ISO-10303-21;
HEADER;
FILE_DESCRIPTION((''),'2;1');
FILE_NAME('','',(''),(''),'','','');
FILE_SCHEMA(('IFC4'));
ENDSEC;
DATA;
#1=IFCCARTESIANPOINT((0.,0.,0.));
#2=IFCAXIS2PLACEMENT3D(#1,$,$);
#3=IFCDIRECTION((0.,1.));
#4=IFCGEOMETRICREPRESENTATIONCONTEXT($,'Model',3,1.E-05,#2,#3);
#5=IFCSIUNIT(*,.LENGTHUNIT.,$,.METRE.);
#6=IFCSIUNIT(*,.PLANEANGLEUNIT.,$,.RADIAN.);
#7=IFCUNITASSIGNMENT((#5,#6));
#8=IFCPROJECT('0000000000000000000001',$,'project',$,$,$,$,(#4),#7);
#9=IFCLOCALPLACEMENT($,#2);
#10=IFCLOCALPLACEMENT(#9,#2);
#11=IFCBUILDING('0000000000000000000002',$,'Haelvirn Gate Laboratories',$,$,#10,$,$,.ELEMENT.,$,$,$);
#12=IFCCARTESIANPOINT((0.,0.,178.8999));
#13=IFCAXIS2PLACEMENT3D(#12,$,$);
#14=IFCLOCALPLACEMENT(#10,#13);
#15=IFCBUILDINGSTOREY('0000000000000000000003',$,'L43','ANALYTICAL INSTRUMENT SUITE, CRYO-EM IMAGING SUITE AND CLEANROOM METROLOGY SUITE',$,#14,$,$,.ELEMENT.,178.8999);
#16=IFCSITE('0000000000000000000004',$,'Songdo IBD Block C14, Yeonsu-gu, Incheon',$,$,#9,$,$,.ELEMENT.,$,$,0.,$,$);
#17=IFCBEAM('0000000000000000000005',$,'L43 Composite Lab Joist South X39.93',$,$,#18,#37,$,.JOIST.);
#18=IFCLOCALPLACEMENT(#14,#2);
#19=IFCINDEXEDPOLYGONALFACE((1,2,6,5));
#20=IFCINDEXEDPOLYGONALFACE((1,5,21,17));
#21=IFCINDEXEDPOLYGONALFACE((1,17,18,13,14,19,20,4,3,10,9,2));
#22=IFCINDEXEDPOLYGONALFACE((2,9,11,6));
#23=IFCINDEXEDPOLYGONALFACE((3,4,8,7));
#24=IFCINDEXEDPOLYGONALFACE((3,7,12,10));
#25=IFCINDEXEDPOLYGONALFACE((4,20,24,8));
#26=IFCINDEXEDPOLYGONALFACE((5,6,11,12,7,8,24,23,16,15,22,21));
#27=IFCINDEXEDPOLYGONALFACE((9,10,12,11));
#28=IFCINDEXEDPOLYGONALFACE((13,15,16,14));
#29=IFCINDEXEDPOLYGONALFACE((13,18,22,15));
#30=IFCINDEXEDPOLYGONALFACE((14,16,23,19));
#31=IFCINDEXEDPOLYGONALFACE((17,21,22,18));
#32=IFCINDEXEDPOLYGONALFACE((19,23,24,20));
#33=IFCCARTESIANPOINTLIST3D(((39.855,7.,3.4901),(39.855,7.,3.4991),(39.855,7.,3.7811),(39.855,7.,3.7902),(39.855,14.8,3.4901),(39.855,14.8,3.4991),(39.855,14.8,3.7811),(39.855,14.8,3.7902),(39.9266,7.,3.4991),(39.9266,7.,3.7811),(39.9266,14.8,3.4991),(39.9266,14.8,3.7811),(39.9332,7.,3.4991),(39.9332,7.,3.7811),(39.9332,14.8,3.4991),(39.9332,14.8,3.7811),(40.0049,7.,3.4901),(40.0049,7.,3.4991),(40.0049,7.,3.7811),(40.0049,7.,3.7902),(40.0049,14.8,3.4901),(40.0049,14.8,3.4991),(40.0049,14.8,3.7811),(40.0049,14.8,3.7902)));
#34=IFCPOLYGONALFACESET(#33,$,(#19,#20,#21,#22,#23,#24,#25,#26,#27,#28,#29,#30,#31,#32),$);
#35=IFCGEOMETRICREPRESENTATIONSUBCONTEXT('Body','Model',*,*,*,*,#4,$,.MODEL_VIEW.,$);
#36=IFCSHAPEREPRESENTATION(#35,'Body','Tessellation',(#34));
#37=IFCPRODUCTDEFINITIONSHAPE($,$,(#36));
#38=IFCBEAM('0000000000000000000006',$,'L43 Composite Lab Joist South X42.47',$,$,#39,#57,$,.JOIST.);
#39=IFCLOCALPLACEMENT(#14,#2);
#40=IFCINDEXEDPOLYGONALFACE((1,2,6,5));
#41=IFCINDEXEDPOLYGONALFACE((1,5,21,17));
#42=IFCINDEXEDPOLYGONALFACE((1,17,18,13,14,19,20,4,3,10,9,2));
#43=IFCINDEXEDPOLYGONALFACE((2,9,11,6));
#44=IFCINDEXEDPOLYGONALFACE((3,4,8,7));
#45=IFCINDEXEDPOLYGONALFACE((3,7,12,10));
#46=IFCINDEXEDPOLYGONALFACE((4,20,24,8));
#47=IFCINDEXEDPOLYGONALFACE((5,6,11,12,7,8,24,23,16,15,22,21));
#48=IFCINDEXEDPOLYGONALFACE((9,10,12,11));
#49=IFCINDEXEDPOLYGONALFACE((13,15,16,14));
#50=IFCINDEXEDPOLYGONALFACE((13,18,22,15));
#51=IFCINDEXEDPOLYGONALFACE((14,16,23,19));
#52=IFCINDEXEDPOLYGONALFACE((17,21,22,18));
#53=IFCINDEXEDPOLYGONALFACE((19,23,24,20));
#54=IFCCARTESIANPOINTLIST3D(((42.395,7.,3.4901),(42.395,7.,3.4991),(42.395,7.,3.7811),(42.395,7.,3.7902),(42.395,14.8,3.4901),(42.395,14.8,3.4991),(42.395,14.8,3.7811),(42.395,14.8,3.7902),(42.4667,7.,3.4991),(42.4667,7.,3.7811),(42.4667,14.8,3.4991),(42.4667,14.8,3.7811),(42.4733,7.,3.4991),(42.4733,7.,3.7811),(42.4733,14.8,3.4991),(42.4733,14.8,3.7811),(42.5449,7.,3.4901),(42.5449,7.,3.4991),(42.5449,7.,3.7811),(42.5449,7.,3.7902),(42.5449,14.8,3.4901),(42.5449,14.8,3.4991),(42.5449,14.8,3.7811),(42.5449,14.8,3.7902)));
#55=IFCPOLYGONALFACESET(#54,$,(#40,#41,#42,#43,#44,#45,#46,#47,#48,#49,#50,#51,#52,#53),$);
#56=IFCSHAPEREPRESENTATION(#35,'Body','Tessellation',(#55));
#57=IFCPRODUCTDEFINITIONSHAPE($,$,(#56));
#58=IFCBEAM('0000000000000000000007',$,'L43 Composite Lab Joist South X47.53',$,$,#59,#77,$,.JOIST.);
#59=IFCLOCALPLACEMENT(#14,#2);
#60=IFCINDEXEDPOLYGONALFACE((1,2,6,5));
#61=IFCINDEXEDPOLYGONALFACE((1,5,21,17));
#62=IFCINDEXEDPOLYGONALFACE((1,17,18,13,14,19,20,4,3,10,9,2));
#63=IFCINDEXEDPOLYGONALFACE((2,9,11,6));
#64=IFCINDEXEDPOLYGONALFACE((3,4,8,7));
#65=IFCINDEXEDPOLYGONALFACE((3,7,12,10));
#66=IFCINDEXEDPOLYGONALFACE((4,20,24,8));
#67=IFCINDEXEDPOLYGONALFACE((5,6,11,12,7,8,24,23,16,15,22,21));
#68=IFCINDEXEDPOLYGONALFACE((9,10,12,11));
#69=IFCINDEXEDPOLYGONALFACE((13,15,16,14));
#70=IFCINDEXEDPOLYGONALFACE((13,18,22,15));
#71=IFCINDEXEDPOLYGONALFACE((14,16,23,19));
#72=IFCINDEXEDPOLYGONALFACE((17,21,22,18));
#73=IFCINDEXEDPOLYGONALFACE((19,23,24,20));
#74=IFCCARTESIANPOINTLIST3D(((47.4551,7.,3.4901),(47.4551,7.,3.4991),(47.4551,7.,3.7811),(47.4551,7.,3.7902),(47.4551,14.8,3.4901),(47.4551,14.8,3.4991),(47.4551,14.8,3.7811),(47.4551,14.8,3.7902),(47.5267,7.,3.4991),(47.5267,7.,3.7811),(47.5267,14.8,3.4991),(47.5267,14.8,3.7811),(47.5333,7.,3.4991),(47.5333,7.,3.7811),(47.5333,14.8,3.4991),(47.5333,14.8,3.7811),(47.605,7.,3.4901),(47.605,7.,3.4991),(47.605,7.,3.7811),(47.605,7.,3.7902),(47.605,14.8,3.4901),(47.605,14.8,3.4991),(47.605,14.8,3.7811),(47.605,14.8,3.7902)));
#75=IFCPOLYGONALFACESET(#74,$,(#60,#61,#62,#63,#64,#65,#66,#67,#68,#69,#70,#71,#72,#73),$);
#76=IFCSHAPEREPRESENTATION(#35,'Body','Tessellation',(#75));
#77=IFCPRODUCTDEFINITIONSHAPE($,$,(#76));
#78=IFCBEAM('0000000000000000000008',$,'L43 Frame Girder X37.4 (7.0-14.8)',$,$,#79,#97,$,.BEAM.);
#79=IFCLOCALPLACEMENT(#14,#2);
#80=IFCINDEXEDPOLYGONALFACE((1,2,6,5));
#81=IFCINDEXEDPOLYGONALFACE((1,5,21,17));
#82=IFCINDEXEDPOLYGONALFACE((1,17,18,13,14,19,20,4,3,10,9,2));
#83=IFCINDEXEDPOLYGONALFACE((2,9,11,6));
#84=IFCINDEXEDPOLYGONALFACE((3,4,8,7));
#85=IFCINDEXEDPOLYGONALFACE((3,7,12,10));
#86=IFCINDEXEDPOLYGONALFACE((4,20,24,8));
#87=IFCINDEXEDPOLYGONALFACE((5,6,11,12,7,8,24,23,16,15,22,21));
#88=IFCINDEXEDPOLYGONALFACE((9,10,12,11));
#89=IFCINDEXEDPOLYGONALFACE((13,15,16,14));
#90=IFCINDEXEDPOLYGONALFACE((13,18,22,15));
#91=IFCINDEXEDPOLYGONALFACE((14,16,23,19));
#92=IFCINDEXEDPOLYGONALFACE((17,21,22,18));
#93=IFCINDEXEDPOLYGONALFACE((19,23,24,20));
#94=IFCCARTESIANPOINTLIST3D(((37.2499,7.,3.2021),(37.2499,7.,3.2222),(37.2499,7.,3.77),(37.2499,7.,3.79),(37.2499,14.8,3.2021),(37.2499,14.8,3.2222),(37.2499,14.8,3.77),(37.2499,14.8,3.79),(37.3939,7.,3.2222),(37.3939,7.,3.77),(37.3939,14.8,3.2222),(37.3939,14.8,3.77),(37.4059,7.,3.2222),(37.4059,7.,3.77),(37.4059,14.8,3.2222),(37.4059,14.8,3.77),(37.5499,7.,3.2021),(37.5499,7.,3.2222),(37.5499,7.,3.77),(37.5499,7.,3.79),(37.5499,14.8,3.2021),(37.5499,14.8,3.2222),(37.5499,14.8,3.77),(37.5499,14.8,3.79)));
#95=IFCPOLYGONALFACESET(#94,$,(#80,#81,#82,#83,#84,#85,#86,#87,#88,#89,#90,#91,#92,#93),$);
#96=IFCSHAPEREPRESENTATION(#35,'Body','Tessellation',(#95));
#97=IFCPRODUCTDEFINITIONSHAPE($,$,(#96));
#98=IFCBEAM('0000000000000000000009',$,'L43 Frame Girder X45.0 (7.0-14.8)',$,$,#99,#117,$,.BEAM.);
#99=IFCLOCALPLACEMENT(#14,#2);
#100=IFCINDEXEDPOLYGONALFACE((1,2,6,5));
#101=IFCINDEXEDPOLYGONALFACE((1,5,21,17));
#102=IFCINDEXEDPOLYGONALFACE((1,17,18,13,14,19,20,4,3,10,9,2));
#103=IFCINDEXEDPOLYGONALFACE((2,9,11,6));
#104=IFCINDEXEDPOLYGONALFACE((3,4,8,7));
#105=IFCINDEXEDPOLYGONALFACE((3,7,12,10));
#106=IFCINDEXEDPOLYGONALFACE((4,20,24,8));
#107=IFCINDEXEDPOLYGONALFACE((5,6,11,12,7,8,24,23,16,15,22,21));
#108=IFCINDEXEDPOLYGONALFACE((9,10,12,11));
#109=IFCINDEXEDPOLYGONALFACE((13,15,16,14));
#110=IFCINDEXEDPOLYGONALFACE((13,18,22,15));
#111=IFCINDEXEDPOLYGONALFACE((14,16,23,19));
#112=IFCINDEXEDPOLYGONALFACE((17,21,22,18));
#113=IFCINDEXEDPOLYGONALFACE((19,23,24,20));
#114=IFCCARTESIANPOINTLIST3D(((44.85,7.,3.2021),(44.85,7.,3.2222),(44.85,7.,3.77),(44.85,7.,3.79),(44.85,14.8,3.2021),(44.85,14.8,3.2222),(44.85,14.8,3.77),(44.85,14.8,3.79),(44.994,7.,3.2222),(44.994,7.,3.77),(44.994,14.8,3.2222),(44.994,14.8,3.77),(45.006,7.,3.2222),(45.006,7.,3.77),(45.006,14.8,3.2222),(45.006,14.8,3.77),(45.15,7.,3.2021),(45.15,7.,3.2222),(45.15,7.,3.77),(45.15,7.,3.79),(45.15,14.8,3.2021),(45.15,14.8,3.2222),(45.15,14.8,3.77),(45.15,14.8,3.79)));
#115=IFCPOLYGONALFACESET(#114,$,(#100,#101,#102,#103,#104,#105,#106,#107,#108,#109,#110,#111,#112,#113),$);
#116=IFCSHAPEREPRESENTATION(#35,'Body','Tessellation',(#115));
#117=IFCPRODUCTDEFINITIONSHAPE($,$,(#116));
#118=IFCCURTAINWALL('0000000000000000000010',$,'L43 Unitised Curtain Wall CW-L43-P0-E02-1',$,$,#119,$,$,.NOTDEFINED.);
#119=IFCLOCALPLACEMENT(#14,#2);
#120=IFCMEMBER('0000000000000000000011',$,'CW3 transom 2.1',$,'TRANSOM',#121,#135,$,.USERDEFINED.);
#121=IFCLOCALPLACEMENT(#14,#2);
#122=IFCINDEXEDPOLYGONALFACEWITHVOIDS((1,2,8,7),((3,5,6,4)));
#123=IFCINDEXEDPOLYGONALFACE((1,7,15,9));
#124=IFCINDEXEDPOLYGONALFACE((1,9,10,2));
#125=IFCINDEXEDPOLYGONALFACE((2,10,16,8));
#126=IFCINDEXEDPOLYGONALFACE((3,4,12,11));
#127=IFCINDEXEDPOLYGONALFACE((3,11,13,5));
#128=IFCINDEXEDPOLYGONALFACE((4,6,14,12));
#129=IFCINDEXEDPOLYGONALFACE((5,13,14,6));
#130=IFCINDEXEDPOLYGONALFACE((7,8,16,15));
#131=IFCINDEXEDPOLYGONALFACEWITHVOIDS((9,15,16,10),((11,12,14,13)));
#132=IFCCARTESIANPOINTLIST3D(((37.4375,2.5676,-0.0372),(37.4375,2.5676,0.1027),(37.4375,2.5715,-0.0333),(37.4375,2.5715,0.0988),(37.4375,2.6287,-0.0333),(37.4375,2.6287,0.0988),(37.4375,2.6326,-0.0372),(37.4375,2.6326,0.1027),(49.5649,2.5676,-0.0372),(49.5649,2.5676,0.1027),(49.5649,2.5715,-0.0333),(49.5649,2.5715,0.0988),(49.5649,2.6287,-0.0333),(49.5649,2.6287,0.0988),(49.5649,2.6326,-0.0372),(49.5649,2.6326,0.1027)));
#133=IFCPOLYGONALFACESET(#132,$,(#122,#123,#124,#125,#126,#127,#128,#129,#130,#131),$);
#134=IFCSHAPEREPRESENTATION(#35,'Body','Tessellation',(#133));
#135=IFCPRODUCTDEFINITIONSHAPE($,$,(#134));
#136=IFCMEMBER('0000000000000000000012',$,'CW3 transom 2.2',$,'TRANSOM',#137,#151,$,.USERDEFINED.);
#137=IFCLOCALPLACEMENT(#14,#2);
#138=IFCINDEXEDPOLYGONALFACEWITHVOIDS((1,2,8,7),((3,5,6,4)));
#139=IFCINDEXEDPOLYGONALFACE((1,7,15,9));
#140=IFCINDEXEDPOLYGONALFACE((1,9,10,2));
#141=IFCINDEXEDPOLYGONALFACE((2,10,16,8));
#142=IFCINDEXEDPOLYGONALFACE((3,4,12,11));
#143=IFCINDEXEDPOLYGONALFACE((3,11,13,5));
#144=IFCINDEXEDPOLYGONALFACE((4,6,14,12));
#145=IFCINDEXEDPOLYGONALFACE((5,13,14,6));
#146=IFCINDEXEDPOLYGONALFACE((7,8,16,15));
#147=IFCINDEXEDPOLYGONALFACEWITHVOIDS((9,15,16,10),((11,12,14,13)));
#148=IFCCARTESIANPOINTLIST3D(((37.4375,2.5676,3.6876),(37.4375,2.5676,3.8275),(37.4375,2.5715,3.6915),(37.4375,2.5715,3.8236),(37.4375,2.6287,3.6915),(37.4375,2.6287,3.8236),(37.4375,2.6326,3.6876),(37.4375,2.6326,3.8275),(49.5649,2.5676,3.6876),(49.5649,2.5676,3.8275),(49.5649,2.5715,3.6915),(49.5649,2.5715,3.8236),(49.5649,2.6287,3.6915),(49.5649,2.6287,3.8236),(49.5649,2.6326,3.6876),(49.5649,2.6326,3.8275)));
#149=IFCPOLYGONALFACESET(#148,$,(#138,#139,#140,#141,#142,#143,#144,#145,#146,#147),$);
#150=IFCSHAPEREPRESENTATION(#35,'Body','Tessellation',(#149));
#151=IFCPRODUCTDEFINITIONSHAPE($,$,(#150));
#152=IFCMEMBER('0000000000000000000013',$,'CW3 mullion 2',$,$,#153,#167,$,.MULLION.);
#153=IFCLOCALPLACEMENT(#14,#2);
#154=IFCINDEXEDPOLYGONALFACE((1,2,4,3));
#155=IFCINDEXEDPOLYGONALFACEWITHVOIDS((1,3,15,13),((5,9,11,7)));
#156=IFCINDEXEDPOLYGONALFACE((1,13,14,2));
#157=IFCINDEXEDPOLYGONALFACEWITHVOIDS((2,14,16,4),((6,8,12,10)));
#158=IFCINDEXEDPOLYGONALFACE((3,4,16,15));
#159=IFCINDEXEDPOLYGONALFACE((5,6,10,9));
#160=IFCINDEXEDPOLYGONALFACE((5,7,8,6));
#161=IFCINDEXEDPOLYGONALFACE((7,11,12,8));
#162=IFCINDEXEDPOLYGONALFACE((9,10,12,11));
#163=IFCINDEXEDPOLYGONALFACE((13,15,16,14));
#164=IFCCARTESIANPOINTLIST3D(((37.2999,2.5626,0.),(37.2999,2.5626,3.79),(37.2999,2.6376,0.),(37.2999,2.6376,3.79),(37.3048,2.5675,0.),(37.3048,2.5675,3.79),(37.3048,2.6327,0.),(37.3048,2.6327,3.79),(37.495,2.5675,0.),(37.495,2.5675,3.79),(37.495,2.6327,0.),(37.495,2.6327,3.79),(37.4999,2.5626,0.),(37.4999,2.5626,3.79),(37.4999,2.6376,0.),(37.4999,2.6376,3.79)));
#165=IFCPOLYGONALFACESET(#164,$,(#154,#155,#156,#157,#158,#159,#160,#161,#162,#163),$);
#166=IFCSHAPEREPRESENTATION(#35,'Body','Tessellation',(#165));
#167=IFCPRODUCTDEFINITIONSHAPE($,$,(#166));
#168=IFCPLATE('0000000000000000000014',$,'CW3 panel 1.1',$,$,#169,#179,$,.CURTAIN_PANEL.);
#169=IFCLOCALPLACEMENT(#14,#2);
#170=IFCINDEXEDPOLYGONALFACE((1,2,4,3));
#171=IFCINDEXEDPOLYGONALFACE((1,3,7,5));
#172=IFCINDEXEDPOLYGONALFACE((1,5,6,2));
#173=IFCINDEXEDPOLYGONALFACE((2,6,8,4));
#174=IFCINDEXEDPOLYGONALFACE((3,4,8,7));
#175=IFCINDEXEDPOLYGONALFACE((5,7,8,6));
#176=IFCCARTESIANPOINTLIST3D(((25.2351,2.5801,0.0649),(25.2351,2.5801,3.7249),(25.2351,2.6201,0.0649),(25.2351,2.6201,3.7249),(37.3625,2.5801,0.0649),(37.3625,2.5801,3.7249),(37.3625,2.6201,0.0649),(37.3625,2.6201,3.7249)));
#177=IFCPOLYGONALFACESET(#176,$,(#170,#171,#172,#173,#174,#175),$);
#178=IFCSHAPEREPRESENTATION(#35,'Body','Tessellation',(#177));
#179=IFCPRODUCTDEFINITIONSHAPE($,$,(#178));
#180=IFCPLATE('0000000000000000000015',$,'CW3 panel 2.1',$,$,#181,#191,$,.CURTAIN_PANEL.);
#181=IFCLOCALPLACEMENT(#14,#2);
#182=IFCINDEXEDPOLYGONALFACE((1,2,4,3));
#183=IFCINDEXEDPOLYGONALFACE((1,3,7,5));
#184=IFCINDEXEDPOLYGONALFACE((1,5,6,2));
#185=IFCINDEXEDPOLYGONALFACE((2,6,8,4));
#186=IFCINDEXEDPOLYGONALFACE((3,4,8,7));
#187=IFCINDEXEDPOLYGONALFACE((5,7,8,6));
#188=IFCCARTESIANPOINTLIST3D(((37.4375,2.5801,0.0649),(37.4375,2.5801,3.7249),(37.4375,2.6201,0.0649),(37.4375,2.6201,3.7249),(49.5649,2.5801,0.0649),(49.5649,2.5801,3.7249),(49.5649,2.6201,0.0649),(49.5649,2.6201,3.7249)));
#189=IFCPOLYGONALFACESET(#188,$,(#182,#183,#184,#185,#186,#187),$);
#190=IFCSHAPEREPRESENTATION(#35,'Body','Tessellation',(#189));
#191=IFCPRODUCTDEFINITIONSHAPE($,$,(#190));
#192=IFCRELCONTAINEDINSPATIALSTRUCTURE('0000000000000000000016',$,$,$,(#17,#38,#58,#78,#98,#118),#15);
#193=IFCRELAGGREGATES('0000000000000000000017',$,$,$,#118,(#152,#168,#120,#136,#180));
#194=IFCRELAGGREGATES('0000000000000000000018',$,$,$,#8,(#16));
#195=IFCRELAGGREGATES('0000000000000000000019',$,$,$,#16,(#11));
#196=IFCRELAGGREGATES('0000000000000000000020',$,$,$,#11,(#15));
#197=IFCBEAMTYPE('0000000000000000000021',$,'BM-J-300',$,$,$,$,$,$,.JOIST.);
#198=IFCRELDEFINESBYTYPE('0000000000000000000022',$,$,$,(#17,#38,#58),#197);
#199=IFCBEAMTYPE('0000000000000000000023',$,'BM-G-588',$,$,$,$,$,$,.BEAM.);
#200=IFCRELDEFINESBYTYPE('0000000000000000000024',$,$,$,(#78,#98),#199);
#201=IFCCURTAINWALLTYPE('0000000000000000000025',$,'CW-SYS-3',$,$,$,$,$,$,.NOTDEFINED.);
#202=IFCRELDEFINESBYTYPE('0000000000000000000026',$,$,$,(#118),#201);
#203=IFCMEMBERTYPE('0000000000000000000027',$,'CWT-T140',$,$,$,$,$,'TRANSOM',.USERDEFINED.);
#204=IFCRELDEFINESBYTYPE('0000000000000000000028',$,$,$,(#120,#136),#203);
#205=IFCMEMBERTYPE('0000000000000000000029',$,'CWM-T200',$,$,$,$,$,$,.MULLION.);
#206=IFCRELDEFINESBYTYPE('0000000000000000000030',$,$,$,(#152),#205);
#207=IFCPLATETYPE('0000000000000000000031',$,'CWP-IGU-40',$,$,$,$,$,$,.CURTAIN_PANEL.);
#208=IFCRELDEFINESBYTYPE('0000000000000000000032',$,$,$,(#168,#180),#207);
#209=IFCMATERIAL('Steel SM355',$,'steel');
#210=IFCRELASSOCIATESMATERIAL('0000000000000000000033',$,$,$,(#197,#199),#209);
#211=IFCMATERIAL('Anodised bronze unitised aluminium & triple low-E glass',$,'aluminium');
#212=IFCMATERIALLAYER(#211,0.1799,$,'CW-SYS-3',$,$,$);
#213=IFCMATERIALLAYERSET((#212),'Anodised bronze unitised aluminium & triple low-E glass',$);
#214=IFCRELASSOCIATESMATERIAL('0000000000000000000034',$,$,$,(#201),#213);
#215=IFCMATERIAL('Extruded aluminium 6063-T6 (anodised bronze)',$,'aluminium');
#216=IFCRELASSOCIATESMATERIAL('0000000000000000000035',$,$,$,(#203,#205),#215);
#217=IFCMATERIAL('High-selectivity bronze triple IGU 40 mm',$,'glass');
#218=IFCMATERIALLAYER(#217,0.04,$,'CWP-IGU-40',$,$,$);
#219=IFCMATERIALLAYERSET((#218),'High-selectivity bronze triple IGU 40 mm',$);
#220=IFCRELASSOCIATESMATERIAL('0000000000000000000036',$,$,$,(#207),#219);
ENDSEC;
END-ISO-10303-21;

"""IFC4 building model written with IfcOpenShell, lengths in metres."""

from ifc_helpers import new_model, si_unit, direction, frame, origin, origin_2d, place, context, subcontext, project, spatial, rectangle, hollow_rectangle, i_section, extrude, source, transform, mapped, material, layer, layer_set, material_profile, profile_set, type_object, type_shapes, element, aggregate, save


model = new_model("IFC4")

# Units and contexts
model_context = context("Model", 3, precision=1e-05, world=origin(), true_north=direction((0.0, 1.0)))
body_context = subcontext(model_context, "Body", "Model", "MODEL_VIEW")
ifc_project = project(units=[si_unit("LENGTHUNIT", "METRE"), si_unit("PLANEANGLEUNIT", "RADIAN")], contexts=[model_context])

# Site, building, storey
site_placement = place(None, origin())
site = spatial("IfcSite", under=ifc_project, at=site_placement, Name="Songdo IBD Block C14, Yeonsu-gu, Incheon", CompositionType="ELEMENT", RefElevation=0.0)
building_placement = place(site_placement, origin())
building = spatial("IfcBuilding", under=site, at=building_placement, Name="Haelvirn Gate Laboratories", CompositionType="ELEMENT")
storey_placement = place(building_placement, frame((0.0, 0.0, 178.8999)))
storey = spatial("IfcBuildingStorey", under=building, at=storey_placement, Name="L43", Description="ANALYTICAL INSTRUMENT SUITE, CRYO-EM IMAGING SUITE AND CLEANROOM METROLOGY SUITE", CompositionType="ELEMENT", Elevation=178.8999)

# Shared definitions
ifc_material_1 = material(Name="Steel SM355", Category="steel")

# Beams
ifc_material_profile_1 = material_profile(ifc_material_1, i_section(OverallWidth=0.1499, OverallDepth=0.3, WebThickness=0.0066, FlangeThickness=0.009, at=origin_2d()), Name="H-300x150x6.5x9")
ifc_profile_set_1 = profile_set([ifc_material_profile_1], Name="Steel SM355")
beam_type_1 = type_object("IfcBeamType", Name="BM-J-300", PredefinedType="JOIST", material=ifc_profile_set_1)
shared_shape_1 = source(origin(), body_context, "Body", "SweptSolid", [
    extrude(i_section(OverallWidth=0.1499, OverallDepth=0.3, WebThickness=0.0066, FlangeThickness=0.009, at=origin_2d()), origin(), (0.0, 0.0, 1.0), 7.8),
])
type_shapes(beam_type_1, [shared_shape_1])
for number, where, z_axis, x_axis, name in (
    (1, (39.9299, 7.0, 3.6401), (0.0, 1.0, 0.0), (-1.0, 0.0, 0.0), "L43 Composite Lab Joist South X39.93"),
    (2, (42.47, 7.0, 3.6401), (0.0, 1.0, 0.0), (-1.0, 0.0, 0.0), "L43 Composite Lab Joist South X42.47"),
    (3, (47.53, 7.0, 3.6401), (0.0, 1.0, 0.0), (-1.0, 0.0, 0.0), "L43 Composite Lab Joist South X47.53"),
):
    element("IfcBeam", number, at=place(storey_placement, frame(where, z_axis=z_axis, x_axis=x_axis)), inside=storey, type_object=beam_type_1, Name=name, PredefinedType="JOIST", context=body_context, shape_type="MappedRepresentation", body=[
        mapped(shared_shape_1, transform((0.0, 0.0, 0.0), scale=1.0)),
    ])
ifc_material_profile_2 = material_profile(ifc_material_1, i_section(OverallWidth=0.3, OverallDepth=0.5879, WebThickness=0.012, FlangeThickness=0.02, at=origin_2d()), Name="H-588x300x12x20")
ifc_profile_set_2 = profile_set([ifc_material_profile_2], Name="Steel SM355")
beam_type_2 = type_object("IfcBeamType", Name="BM-G-588", PredefinedType="BEAM", material=ifc_profile_set_2)
shared_shape_2 = source(origin(), body_context, "Body", "SweptSolid", [
    extrude(i_section(OverallWidth=0.3, OverallDepth=0.5879, WebThickness=0.012, FlangeThickness=0.02, at=origin_2d()), origin(), (0.0, 0.0, 1.0), 7.8),
])
type_shapes(beam_type_2, [shared_shape_2])
for number, where, z_axis, x_axis, name in (
    (4, (37.3999, 7.0, 3.4961), (0.0, 1.0, 0.0), (-1.0, 0.0, 0.0), "L43 Frame Girder X37.4 (7.0-14.8)"),
    (5, (45.0, 7.0, 3.4961), (0.0, 1.0, 0.0), (-1.0, 0.0, 0.0), "L43 Frame Girder X45.0 (7.0-14.8)"),
):
    element("IfcBeam", number, at=place(storey_placement, frame(where, z_axis=z_axis, x_axis=x_axis)), inside=storey, type_object=beam_type_2, Name=name, PredefinedType="BEAM", context=body_context, shape_type="MappedRepresentation", body=[
        mapped(shared_shape_2, transform((0.0, 0.0, 0.0), scale=1.0)),
    ])

# Curtain wall, members, plates
ifc_material_2 = material(Name="Anodised bronze unitised aluminium & triple low-E glass", Category="aluminium")
ifc_layer_1 = layer(ifc_material_2, 0.1799, Name="CW-SYS-3")
ifc_layer_set_1 = layer_set([ifc_layer_1], Name="Anodised bronze unitised aluminium & triple low-E glass")
curtain_wall_type = type_object("IfcCurtainWallType", Name="CW-SYS-3", PredefinedType="NOTDEFINED", material=ifc_layer_set_1)
curtain_wall_placement = place(storey_placement, origin())
curtain_wall = element("IfcCurtainWall", 6, at=curtain_wall_placement, inside=storey, type_object=curtain_wall_type, Name="L43 Unitised Curtain Wall CW-L43-P0-E02-1", PredefinedType="NOTDEFINED")
ifc_material_3 = material(Name="Extruded aluminium 6063-T6 (anodised bronze)", Category="aluminium")
ifc_material_profile_3 = material_profile(ifc_material_3, hollow_rectangle(XDim=0.0649, YDim=0.1399, WallThickness=0.0039, at=origin_2d()), Name="CWT-140x65x4")
ifc_profile_set_3 = profile_set([ifc_material_profile_3], Name="Extruded aluminium 6063-T6 (anodised bronze)")
member_type_1 = type_object("IfcMemberType", Name="CWT-T140", ElementType="TRANSOM", PredefinedType="USERDEFINED", material=ifc_profile_set_3)
shared_shape_3 = source(origin(), body_context, "Body", "SweptSolid", [
    extrude(hollow_rectangle(XDim=0.0649, YDim=0.1399, WallThickness=0.0039, at=origin_2d()), origin(), (0.0, 0.0, 1.0), 12.1274),
])
type_shapes(member_type_1, [shared_shape_3])
member_1_placement = place(storey_placement, frame((37.4375, 2.6001, 0.0327), z_axis=(1.0, 0.0, 0.0), x_axis=(0.0, 1.0, 0.0)))
member_1 = element("IfcMember", 7, at=member_1_placement, type_object=member_type_1, Name="CW3 transom 2.1", ObjectType="TRANSOM", PredefinedType="USERDEFINED", context=body_context, shape_type="MappedRepresentation", body=[
    mapped(shared_shape_3, transform((0.0, 0.0, 0.0), scale=1.0)),
])
member_2_placement = place(storey_placement, frame((37.4375, 2.6001, 3.7576), z_axis=(1.0, 0.0, 0.0), x_axis=(0.0, 1.0, 0.0)))
member_2 = element("IfcMember", 8, at=member_2_placement, type_object=member_type_1, Name="CW3 transom 2.2", ObjectType="TRANSOM", PredefinedType="USERDEFINED", context=body_context, shape_type="MappedRepresentation", body=[
    mapped(shared_shape_3, transform((0.0, 0.0, 0.0), scale=1.0)),
])
ifc_material_profile_4 = material_profile(ifc_material_3, hollow_rectangle(XDim=0.075, YDim=0.2, WallThickness=0.0049, at=origin_2d()), Name="CWM-200x75x5")
ifc_profile_set_4 = profile_set([ifc_material_profile_4], Name="Extruded aluminium 6063-T6 (anodised bronze)")
member_type_2 = type_object("IfcMemberType", Name="CWM-T200", PredefinedType="MULLION", material=ifc_profile_set_4)
shared_shape_4 = source(origin(), body_context, "Body", "SweptSolid", [
    extrude(hollow_rectangle(XDim=0.075, YDim=0.2, WallThickness=0.0049, at=origin_2d()), origin(), (0.0, 0.0, 1.0), 3.79),
])
type_shapes(member_type_2, [shared_shape_4])
member_3_placement = place(storey_placement, frame((37.3999, 2.6001, 0.0), z_axis=(0.0, 0.0, 1.0), x_axis=(0.0, 1.0, 0.0)))
member_3 = element("IfcMember", 9, at=member_3_placement, type_object=member_type_2, Name="CW3 mullion 2", PredefinedType="MULLION", context=body_context, shape_type="MappedRepresentation", body=[
    mapped(shared_shape_4, transform((0.0, 0.0, 0.0), scale=1.0)),
])
ifc_material_4 = material(Name="High-selectivity bronze triple IGU 40 mm", Category="glass")
ifc_layer_2 = layer(ifc_material_4, 0.04, Name="CWP-IGU-40")
ifc_layer_set_2 = layer_set([ifc_layer_2], Name="High-selectivity bronze triple IGU 40 mm")
plate_type = type_object("IfcPlateType", Name="CWP-IGU-40", PredefinedType="CURTAIN_PANEL", material=ifc_layer_set_2)
shared_shape_5 = source(origin(), body_context, "Body", "SweptSolid", [
    extrude(rectangle(XDim=12.1274, YDim=0.04, at=origin_2d()), origin(), (0.0, 0.0, 1.0), 3.6599),
])
type_shapes(plate_type, [shared_shape_5])
plate_1_placement = place(storey_placement, frame((31.2988, 2.6001, 0.0649), z_axis=(0.0, 0.0, 1.0), x_axis=(1.0, 0.0, 0.0)))
plate_1 = element("IfcPlate", 10, at=plate_1_placement, type_object=plate_type, Name="CW3 panel 1.1", PredefinedType="CURTAIN_PANEL", context=body_context, shape_type="MappedRepresentation", body=[
    mapped(shared_shape_5, transform((0.0, 0.0, 0.0), scale=1.0)),
])
plate_2_placement = place(storey_placement, frame((43.5012, 2.6001, 0.0649), z_axis=(0.0, 0.0, 1.0), x_axis=(1.0, 0.0, 0.0)))
plate_2 = element("IfcPlate", 11, at=plate_2_placement, type_object=plate_type, Name="CW3 panel 2.1", PredefinedType="CURTAIN_PANEL", context=body_context, shape_type="MappedRepresentation", body=[
    mapped(shared_shape_5, transform((0.0, 0.0, 0.0), scale=1.0)),
])
aggregate(curtain_wall, [member_3, plate_1, member_1, member_2, plate_2])

save(model, "model.ifc")
